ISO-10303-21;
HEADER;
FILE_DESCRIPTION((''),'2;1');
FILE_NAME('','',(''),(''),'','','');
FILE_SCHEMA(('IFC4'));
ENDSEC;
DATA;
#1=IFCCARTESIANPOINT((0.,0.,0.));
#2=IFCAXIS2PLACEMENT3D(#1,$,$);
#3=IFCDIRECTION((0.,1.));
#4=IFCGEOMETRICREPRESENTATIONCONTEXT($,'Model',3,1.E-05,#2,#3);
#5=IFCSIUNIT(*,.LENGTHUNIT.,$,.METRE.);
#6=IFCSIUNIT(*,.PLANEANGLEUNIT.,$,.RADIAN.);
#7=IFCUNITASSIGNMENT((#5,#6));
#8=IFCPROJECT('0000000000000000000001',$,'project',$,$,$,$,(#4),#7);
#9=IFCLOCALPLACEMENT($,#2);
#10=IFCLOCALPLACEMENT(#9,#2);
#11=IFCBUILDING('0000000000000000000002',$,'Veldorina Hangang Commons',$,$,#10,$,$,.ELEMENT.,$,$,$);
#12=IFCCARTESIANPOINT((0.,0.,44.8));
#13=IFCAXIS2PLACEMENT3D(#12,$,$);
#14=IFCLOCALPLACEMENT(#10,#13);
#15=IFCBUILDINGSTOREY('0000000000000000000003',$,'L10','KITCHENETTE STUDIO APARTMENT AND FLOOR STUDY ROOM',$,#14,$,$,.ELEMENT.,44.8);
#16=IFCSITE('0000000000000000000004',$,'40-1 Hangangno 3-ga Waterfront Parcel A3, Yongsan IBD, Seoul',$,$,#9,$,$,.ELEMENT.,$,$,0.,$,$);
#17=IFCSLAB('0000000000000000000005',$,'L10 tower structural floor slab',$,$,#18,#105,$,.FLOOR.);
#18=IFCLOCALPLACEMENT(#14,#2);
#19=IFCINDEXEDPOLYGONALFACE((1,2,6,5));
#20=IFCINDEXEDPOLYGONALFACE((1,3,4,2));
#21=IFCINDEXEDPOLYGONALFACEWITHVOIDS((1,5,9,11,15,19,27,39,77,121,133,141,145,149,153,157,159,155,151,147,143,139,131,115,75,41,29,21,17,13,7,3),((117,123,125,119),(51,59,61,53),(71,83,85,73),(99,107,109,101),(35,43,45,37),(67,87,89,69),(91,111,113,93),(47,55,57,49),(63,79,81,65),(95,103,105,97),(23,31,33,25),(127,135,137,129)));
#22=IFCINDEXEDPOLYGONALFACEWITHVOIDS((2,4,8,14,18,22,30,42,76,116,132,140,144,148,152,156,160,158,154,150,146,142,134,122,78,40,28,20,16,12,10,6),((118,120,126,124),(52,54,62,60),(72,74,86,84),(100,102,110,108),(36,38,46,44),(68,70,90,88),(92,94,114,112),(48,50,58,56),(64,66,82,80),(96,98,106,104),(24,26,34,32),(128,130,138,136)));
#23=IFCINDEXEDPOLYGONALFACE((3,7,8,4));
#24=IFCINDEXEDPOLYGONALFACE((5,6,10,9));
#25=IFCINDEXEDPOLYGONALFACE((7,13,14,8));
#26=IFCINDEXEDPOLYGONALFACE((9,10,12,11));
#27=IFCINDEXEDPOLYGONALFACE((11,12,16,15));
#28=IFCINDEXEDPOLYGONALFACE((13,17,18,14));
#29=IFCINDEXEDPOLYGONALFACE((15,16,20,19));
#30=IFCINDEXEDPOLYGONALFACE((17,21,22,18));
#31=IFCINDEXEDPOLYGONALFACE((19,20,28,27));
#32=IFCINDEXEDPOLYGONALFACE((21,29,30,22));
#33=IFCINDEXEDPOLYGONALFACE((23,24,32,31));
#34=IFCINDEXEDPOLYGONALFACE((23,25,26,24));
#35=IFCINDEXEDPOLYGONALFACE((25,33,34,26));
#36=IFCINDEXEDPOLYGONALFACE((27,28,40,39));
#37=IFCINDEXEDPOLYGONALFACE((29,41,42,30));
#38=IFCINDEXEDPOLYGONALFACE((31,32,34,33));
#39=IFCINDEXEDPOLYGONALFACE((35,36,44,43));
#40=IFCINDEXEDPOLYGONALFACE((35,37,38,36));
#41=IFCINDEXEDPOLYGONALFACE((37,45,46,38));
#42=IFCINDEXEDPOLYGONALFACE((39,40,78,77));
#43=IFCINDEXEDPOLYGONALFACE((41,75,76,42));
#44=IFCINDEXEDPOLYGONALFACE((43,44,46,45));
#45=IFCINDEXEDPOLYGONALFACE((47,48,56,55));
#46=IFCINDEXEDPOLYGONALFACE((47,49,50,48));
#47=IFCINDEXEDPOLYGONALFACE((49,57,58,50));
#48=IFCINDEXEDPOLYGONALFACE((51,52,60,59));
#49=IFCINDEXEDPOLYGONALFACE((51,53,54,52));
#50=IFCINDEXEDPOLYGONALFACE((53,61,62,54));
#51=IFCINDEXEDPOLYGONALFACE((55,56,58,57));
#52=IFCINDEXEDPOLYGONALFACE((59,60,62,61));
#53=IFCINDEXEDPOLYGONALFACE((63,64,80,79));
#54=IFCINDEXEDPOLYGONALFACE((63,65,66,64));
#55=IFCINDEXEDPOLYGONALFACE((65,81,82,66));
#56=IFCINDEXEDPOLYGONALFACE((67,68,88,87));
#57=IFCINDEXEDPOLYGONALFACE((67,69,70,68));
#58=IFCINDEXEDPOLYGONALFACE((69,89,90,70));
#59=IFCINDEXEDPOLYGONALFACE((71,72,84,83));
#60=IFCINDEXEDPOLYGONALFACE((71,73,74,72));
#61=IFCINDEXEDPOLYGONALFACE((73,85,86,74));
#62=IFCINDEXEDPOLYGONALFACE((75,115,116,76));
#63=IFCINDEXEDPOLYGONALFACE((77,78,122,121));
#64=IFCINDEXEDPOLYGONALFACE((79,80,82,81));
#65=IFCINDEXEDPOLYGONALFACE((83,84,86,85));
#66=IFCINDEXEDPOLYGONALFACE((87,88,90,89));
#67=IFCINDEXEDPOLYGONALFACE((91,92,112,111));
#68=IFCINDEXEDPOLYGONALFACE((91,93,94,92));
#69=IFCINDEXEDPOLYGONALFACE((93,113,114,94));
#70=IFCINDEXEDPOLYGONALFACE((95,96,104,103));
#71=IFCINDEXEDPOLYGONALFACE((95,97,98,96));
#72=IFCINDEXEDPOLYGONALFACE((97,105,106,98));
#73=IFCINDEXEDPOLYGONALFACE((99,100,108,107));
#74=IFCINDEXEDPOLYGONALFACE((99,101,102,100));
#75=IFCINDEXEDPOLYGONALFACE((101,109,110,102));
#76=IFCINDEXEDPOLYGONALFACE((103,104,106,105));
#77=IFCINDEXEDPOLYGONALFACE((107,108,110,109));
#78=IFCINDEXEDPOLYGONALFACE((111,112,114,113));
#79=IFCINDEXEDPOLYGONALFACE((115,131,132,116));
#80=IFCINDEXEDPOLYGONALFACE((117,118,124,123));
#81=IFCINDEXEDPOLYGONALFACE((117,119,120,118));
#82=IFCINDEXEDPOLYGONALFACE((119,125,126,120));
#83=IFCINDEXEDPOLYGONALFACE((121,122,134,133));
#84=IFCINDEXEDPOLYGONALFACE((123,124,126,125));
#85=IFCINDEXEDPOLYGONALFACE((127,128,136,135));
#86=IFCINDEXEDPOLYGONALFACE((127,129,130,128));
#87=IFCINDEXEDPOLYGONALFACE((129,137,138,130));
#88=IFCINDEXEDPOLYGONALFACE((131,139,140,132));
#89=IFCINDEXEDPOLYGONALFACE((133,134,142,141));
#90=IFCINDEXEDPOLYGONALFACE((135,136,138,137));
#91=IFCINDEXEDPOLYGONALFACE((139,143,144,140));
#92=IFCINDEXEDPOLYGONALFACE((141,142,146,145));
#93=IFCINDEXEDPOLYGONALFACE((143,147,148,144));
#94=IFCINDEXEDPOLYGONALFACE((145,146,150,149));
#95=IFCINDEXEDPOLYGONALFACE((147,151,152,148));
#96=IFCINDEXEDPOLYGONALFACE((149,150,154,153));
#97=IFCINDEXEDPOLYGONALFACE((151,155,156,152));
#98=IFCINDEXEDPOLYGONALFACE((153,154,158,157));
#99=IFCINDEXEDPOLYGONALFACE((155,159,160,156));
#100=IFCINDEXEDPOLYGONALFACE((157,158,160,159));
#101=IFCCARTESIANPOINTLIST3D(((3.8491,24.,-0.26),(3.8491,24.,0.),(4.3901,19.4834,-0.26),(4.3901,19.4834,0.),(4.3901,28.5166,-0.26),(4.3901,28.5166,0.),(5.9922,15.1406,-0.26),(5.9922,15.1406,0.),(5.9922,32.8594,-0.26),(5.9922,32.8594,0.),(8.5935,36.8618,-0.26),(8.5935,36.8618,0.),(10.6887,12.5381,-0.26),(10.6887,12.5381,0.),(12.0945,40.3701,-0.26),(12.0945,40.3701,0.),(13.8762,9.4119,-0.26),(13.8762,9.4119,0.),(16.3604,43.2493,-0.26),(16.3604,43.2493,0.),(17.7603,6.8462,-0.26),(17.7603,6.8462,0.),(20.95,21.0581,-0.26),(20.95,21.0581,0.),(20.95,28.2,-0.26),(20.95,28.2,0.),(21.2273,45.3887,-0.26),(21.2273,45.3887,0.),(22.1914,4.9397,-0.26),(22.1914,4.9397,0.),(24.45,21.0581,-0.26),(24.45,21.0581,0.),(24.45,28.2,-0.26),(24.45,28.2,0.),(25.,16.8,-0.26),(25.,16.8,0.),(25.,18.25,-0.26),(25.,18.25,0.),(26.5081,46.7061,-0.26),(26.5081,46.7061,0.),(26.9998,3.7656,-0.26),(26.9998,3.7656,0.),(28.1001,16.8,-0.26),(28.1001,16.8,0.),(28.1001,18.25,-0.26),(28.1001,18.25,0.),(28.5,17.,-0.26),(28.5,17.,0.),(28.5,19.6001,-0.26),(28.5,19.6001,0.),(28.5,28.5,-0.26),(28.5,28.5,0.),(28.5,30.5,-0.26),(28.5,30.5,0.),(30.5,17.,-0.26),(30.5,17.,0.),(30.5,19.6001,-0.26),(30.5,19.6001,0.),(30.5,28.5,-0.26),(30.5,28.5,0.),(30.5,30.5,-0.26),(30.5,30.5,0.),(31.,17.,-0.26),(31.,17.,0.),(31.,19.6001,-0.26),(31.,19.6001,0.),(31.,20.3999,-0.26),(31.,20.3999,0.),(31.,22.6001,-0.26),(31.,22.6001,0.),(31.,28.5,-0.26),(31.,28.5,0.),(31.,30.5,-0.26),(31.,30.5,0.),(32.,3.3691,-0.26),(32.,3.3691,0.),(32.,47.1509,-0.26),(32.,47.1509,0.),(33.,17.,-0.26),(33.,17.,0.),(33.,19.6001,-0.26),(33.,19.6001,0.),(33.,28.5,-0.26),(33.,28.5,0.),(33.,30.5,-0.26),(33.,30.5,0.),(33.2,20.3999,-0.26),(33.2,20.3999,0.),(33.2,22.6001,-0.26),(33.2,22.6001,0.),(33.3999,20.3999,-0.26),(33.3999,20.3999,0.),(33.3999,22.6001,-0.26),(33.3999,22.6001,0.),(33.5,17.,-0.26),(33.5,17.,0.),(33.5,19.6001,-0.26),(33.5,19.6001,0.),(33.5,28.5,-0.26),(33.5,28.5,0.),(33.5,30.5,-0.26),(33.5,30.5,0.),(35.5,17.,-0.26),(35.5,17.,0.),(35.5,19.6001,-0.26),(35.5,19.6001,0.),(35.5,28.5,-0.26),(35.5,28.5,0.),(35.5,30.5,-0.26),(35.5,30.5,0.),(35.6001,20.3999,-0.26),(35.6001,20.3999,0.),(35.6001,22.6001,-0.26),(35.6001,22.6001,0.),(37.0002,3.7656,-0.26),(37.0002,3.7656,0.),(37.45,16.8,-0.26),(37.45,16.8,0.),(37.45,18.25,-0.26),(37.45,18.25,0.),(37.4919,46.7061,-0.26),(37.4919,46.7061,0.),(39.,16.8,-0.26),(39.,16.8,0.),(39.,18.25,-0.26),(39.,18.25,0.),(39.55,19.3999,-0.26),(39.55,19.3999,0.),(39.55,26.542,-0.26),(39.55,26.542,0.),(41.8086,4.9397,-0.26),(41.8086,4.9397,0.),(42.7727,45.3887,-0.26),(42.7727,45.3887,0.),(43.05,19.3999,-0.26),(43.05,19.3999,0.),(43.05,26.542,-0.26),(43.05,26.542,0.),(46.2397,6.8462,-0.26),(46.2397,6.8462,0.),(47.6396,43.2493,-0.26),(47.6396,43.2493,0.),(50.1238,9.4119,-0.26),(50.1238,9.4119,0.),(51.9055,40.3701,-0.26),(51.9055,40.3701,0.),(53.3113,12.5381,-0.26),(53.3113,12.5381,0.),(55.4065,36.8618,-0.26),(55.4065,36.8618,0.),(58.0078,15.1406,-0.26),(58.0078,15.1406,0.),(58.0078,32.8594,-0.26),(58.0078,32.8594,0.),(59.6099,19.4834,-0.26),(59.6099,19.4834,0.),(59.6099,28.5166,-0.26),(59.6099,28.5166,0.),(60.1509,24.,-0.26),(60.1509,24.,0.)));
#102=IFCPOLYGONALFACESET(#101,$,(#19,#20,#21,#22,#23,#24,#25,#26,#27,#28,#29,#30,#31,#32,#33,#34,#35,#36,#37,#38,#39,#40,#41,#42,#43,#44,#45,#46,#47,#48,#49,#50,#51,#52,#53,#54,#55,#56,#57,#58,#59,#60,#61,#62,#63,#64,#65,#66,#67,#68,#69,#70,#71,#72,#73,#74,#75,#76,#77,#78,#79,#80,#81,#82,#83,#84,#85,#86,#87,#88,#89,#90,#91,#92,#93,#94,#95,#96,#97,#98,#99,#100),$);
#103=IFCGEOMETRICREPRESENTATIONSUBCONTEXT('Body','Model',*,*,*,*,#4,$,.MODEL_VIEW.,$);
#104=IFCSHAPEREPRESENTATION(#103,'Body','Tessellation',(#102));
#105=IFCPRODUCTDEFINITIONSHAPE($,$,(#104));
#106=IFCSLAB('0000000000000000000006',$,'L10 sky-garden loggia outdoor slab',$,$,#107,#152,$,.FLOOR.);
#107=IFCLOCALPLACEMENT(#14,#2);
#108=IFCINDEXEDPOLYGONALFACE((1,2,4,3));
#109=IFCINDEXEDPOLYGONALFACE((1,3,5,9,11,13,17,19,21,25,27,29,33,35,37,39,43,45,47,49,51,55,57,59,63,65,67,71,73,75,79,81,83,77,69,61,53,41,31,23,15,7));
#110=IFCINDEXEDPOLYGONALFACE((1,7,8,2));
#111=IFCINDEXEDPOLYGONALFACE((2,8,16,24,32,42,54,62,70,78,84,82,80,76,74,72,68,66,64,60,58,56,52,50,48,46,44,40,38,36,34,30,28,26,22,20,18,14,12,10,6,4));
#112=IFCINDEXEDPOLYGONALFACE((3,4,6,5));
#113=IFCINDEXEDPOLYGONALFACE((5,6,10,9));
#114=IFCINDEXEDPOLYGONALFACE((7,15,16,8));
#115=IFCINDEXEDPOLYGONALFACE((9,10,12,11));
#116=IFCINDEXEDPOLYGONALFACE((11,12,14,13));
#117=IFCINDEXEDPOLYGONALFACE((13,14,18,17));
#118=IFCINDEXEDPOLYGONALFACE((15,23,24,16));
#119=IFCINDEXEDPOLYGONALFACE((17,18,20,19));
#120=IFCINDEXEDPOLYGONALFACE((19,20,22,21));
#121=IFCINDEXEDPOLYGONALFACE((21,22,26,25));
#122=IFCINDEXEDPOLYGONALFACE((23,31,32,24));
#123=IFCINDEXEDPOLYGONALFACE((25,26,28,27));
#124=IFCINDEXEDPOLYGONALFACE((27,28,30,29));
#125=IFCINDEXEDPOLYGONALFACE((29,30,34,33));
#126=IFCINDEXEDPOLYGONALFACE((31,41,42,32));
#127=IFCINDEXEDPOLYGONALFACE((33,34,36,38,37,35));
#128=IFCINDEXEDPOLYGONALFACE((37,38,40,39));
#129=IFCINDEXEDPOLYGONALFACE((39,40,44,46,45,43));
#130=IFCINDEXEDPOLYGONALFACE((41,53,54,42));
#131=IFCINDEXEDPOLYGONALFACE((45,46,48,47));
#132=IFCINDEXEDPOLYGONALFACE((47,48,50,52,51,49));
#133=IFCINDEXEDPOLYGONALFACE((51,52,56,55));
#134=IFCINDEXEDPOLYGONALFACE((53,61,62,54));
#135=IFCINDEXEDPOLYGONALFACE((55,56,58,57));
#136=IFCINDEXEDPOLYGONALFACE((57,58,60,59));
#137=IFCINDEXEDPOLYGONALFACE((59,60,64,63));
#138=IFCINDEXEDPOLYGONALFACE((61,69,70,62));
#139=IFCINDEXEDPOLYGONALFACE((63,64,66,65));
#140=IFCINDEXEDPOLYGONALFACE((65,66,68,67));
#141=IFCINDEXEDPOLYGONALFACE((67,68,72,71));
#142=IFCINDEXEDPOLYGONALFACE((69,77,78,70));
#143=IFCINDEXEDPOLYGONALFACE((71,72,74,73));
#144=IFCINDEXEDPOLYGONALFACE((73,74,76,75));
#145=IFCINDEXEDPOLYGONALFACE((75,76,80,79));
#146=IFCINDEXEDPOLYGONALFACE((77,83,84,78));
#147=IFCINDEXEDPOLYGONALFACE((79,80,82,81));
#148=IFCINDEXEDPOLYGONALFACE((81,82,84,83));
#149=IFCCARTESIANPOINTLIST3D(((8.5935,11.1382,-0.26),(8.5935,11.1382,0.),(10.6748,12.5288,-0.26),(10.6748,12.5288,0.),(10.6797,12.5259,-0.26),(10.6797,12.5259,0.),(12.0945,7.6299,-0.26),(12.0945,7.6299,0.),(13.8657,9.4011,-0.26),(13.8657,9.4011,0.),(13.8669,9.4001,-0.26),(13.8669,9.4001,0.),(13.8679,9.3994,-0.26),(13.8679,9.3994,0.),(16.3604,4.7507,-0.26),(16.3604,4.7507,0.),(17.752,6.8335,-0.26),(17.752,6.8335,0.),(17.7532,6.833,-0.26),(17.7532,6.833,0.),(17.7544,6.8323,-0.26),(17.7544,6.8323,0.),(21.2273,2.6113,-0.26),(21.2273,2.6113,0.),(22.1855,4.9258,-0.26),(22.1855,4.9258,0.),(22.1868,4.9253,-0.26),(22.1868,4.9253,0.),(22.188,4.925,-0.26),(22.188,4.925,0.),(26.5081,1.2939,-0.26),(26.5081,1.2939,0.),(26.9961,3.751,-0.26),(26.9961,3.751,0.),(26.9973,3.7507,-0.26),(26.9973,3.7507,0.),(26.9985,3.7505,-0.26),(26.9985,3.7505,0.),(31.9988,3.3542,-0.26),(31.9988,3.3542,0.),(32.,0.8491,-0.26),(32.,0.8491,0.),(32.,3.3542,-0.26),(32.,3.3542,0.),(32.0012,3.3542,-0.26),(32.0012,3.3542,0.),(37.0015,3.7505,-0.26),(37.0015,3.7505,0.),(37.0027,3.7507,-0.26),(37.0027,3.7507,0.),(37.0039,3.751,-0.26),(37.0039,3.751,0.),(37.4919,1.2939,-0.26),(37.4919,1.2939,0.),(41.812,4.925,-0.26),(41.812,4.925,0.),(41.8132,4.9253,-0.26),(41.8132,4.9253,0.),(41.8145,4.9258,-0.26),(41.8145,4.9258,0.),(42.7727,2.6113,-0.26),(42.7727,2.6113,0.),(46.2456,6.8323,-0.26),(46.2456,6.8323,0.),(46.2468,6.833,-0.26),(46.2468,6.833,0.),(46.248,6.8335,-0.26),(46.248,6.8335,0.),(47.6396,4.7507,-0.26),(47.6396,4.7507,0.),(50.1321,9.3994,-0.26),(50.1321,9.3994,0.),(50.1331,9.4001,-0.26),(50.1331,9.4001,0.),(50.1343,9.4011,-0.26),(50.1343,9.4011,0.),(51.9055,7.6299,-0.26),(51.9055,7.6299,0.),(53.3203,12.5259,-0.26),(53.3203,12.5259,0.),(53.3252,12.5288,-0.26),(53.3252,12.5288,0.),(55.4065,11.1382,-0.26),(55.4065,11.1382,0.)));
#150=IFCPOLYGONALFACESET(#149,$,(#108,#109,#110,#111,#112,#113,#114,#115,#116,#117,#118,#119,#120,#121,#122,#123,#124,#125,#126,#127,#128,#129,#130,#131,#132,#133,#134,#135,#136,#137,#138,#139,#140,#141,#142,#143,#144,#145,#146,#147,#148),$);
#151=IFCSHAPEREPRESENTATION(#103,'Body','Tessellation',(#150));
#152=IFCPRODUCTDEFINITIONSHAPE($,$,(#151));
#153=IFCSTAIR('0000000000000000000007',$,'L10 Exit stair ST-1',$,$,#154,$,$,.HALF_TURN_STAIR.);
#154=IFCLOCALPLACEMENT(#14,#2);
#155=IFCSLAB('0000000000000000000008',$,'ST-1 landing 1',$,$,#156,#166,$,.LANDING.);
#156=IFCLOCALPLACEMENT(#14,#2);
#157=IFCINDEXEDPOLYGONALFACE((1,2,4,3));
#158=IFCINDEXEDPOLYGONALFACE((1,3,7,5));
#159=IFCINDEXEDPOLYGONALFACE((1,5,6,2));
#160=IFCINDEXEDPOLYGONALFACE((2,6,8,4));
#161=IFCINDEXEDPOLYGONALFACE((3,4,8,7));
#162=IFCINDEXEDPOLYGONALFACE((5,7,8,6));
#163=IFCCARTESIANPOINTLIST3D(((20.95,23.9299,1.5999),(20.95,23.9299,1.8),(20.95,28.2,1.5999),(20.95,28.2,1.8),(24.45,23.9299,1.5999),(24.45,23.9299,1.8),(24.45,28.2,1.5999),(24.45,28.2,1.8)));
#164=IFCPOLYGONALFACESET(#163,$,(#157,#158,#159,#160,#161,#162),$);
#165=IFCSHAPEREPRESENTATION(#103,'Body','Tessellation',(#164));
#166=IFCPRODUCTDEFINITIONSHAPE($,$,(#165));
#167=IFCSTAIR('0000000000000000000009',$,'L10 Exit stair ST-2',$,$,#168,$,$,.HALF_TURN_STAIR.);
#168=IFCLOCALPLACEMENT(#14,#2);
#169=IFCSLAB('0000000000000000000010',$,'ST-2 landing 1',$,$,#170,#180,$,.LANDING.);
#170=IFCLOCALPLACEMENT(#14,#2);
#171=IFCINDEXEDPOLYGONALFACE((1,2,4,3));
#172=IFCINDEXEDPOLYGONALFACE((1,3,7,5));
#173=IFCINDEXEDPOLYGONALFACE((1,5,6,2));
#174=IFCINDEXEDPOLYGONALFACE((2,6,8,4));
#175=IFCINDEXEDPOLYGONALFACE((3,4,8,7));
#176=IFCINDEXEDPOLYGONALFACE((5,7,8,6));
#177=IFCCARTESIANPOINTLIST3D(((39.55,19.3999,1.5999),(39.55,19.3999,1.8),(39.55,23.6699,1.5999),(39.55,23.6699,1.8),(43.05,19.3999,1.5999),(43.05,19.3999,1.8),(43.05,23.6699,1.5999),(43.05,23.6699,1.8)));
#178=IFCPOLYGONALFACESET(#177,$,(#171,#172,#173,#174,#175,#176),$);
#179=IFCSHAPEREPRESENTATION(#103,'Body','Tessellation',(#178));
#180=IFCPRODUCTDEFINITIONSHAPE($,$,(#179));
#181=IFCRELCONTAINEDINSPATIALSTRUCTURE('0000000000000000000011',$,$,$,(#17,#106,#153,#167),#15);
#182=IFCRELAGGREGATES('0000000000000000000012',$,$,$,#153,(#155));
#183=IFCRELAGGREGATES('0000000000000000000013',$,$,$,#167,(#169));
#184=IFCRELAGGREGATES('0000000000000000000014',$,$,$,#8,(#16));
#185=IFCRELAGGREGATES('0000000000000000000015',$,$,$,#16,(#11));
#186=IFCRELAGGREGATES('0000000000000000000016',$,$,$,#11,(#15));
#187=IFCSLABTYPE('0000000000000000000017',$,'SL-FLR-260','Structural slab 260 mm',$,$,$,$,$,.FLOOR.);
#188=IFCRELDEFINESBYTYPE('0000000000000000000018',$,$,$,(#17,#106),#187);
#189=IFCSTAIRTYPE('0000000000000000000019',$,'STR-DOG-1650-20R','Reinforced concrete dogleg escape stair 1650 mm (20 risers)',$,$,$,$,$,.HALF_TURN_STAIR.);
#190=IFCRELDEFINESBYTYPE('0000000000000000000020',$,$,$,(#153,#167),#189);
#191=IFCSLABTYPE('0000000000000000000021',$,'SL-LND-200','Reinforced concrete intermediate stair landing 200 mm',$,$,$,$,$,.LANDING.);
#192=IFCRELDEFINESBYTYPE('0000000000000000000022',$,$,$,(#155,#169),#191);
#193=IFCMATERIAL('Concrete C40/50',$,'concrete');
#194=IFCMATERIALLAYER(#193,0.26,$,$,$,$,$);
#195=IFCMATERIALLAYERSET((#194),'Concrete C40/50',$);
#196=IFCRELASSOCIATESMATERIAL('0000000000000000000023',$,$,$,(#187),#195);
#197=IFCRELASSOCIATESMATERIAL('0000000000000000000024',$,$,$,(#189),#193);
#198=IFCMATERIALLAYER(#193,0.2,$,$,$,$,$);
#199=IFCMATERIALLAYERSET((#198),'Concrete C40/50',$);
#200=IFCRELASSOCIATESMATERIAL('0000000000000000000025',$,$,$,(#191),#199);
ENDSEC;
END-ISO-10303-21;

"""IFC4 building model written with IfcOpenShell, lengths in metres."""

from ifc_helpers import new_model, si_unit, direction, frame, origin, place, context, subcontext, project, spatial, polyline, outline, extrude, material, layer, layer_set, type_object, element, aggregate, save


model = new_model("IFC4")

# Units and contexts
model_context = context("Model", 3, precision=1e-05, world=origin(), true_north=direction((0.0, 1.0)))
body_context = subcontext(model_context, "Body", "Model", "MODEL_VIEW")
ifc_project = project(units=[si_unit("LENGTHUNIT", "METRE"), si_unit("PLANEANGLEUNIT", "RADIAN")], contexts=[model_context])

# Site, building, storey
site_placement = place(None, origin())
site = spatial("IfcSite", under=ifc_project, at=site_placement, Name="40-1 Hangangno 3-ga Waterfront Parcel A3, Yongsan IBD, Seoul", CompositionType="ELEMENT", RefElevation=0.0)
building_placement = place(site_placement, origin())
building = spatial("IfcBuilding", under=site, at=building_placement, Name="Veldorina Hangang Commons", CompositionType="ELEMENT")
storey_placement = place(building_placement, frame((0.0, 0.0, 44.8)))
storey = spatial("IfcBuildingStorey", under=building, at=storey_placement, Name="L10", Description="KITCHENETTE STUDIO APARTMENT AND FLOOR STUDY ROOM", CompositionType="ELEMENT", Elevation=44.8)

# Slabs
ifc_material_1 = material(Name="Concrete C40/50", Category="concrete")
ifc_layer_1 = layer(ifc_material_1, 0.26)
ifc_layer_set_1 = layer_set([ifc_layer_1], Name="Concrete C40/50")
slab_type_1 = type_object("IfcSlabType", Name="SL-FLR-260", Description="Structural slab 260 mm", PredefinedType="FLOOR", material=ifc_layer_set_1)
slab_1_placement = place(storey_placement, frame((0.0, 0.0, -0.26)))
element("IfcSlab", 1, at=slab_1_placement, inside=storey, type_object=slab_type_1, Name="L10 tower structural floor slab", PredefinedType="FLOOR", context=body_context, shape_type="SweptSolid", body=[
    extrude(outline(polyline([(60.1509, 24.0), (59.6099, 28.5166), (58.0078, 32.8594), (55.4065, 36.8618), (51.9055, 40.3701), (47.6396, 43.2493), (42.7727, 45.3887), (37.4919, 46.7061), (32.0, 47.1509), (26.5081, 46.7061), (21.2273, 45.3887), (16.3604, 43.2493), (12.0945, 40.3701), (8.5935, 36.8618), (5.9922, 32.8594), (4.3901, 28.5166), (3.8491, 24.0), (4.3901, 19.4834), (5.9922, 15.1406), (10.6887, 12.5381), (13.8762, 9.4119), (17.7603, 6.8462), (22.1914, 4.9397), (26.9998, 3.7656), (32.0, 3.3691), (37.0002, 3.7656), (41.8086, 4.9397), (46.2397, 6.8462), (50.1238, 9.4119), (53.3113, 12.5381), (58.0078, 15.1406), (59.6099, 19.4834), (60.1509, 24.0)]), holes=[polyline([(20.95, 21.0581), (20.95, 28.2), (24.45, 28.2), (24.45, 21.0581), (20.95, 21.0581)]), polyline([(43.05, 26.542), (43.05, 19.3999), (39.55, 19.3999), (39.55, 26.542), (43.05, 26.542)]), polyline([(28.5, 30.5), (30.5, 30.5), (30.5, 28.5), (28.5, 28.5), (28.5, 30.5)]), polyline([(31.0, 30.5), (33.0, 30.5), (33.0, 28.5), (31.0, 28.5), (31.0, 30.5)]), polyline([(33.5, 30.5), (35.5, 30.5), (35.5, 28.5), (33.5, 28.5), (33.5, 30.5)]), polyline([(31.0, 22.6001), (33.2, 22.6001), (33.2, 20.3999), (31.0, 20.3999), (31.0, 22.6001)]), polyline([(33.3999, 22.6001), (35.6001, 22.6001), (35.6001, 20.3999), (33.3999, 20.3999), (33.3999, 22.6001)]), polyline([(28.5, 19.6001), (30.5, 19.6001), (30.5, 17.0), (28.5, 17.0), (28.5, 19.6001)]), polyline([(31.0, 19.6001), (33.0, 19.6001), (33.0, 17.0), (31.0, 17.0), (31.0, 19.6001)]), polyline([(33.5, 19.6001), (35.5, 19.6001), (35.5, 17.0), (33.5, 17.0), (33.5, 19.6001)]), polyline([(25.0, 18.25), (28.1001, 18.25), (28.1001, 16.8), (25.0, 16.8), (25.0, 18.25)]), polyline([(37.45, 18.25), (39.0, 18.25), (39.0, 16.8), (37.45, 16.8), (37.45, 18.25)])]), origin(), (0.0, 0.0, 1.0), 0.26),
])
slab_2_placement = place(storey_placement, frame((0.0, 0.0, -0.26)))
element("IfcSlab", 2, at=slab_2_placement, inside=storey, type_object=slab_type_1, Name="L10 sky-garden loggia outdoor slab", PredefinedType="FLOOR", context=body_context, shape_type="SweptSolid", body=[
    extrude(outline(polyline([(55.4065, 11.1382), (51.9055, 7.6299), (47.6396, 4.7507), (42.7727, 2.6113), (37.4919, 1.2939), (32.0, 0.8491), (26.5081, 1.2939), (21.2273, 2.6113), (16.3604, 4.7507), (12.0945, 7.6299), (8.5935, 11.1382), (10.6748, 12.5288), (10.6797, 12.5259), (13.8657, 9.4011), (13.8669, 9.4001), (13.8679, 9.3994), (17.752, 6.8335), (17.7532, 6.833), (17.7544, 6.8323), (22.1855, 4.9258), (22.1868, 4.9253), (22.188, 4.925), (26.9961, 3.751), (26.9973, 3.7507), (26.9985, 3.7505), (31.9988, 3.3542), (32.0, 3.3542), (32.0012, 3.3542), (37.0015, 3.7505), (37.0027, 3.7507), (37.0039, 3.751), (41.812, 4.925), (41.8132, 4.9253), (41.8145, 4.9258), (46.2456, 6.8323), (46.2468, 6.833), (46.248, 6.8335), (50.1321, 9.3994), (50.1331, 9.4001), (50.1343, 9.4011), (53.3203, 12.5259), (53.3252, 12.5288), (55.4065, 11.1382)])), origin(), (0.0, 0.0, 1.0), 0.26),
])

# Stairs, slabs
stair_type = type_object("IfcStairType", Name="STR-DOG-1650-20R", Description="Reinforced concrete dogleg escape stair 1650 mm (20 risers)", PredefinedType="HALF_TURN_STAIR", material=ifc_material_1)
stair_1_placement = place(storey_placement, origin())
stair_1 = element("IfcStair", 3, at=stair_1_placement, inside=storey, type_object=stair_type, Name="L10 Exit stair ST-1", PredefinedType="HALF_TURN_STAIR")
ifc_layer_2 = layer(ifc_material_1, 0.2)
ifc_layer_set_2 = layer_set([ifc_layer_2], Name="Concrete C40/50")
slab_type_2 = type_object("IfcSlabType", Name="SL-LND-200", Description="Reinforced concrete intermediate stair landing 200 mm", PredefinedType="LANDING", material=ifc_layer_set_2)
slab_3_placement = place(storey_placement, frame((0.0, 0.0, 1.5999)))
slab_3 = element("IfcSlab", 4, at=slab_3_placement, type_object=slab_type_2, Name="ST-1 landing 1", PredefinedType="LANDING", context=body_context, shape_type="SweptSolid", body=[
    extrude(outline(polyline([(24.45, 23.9299), (24.45, 28.2), (20.95, 28.2), (20.95, 23.9299), (24.45, 23.9299)])), origin(), (0.0, 0.0, 1.0), 0.2002),
])
aggregate(stair_1, [slab_3])
stair_2_placement = place(storey_placement, origin())
stair_2 = element("IfcStair", 5, at=stair_2_placement, inside=storey, type_object=stair_type, Name="L10 Exit stair ST-2", PredefinedType="HALF_TURN_STAIR")
slab_4_placement = place(storey_placement, frame((0.0, 0.0, 1.5999)))
slab_4 = element("IfcSlab", 6, at=slab_4_placement, type_object=slab_type_2, Name="ST-2 landing 1", PredefinedType="LANDING", context=body_context, shape_type="SweptSolid", body=[
    extrude(outline(polyline([(39.55, 23.6699), (39.55, 19.3999), (43.05, 19.3999), (43.05, 23.6699), (39.55, 23.6699)])), origin(), (0.0, 0.0, 1.0), 0.2002),
])
aggregate(stair_2, [slab_4])

save(model, "model.ifc")
